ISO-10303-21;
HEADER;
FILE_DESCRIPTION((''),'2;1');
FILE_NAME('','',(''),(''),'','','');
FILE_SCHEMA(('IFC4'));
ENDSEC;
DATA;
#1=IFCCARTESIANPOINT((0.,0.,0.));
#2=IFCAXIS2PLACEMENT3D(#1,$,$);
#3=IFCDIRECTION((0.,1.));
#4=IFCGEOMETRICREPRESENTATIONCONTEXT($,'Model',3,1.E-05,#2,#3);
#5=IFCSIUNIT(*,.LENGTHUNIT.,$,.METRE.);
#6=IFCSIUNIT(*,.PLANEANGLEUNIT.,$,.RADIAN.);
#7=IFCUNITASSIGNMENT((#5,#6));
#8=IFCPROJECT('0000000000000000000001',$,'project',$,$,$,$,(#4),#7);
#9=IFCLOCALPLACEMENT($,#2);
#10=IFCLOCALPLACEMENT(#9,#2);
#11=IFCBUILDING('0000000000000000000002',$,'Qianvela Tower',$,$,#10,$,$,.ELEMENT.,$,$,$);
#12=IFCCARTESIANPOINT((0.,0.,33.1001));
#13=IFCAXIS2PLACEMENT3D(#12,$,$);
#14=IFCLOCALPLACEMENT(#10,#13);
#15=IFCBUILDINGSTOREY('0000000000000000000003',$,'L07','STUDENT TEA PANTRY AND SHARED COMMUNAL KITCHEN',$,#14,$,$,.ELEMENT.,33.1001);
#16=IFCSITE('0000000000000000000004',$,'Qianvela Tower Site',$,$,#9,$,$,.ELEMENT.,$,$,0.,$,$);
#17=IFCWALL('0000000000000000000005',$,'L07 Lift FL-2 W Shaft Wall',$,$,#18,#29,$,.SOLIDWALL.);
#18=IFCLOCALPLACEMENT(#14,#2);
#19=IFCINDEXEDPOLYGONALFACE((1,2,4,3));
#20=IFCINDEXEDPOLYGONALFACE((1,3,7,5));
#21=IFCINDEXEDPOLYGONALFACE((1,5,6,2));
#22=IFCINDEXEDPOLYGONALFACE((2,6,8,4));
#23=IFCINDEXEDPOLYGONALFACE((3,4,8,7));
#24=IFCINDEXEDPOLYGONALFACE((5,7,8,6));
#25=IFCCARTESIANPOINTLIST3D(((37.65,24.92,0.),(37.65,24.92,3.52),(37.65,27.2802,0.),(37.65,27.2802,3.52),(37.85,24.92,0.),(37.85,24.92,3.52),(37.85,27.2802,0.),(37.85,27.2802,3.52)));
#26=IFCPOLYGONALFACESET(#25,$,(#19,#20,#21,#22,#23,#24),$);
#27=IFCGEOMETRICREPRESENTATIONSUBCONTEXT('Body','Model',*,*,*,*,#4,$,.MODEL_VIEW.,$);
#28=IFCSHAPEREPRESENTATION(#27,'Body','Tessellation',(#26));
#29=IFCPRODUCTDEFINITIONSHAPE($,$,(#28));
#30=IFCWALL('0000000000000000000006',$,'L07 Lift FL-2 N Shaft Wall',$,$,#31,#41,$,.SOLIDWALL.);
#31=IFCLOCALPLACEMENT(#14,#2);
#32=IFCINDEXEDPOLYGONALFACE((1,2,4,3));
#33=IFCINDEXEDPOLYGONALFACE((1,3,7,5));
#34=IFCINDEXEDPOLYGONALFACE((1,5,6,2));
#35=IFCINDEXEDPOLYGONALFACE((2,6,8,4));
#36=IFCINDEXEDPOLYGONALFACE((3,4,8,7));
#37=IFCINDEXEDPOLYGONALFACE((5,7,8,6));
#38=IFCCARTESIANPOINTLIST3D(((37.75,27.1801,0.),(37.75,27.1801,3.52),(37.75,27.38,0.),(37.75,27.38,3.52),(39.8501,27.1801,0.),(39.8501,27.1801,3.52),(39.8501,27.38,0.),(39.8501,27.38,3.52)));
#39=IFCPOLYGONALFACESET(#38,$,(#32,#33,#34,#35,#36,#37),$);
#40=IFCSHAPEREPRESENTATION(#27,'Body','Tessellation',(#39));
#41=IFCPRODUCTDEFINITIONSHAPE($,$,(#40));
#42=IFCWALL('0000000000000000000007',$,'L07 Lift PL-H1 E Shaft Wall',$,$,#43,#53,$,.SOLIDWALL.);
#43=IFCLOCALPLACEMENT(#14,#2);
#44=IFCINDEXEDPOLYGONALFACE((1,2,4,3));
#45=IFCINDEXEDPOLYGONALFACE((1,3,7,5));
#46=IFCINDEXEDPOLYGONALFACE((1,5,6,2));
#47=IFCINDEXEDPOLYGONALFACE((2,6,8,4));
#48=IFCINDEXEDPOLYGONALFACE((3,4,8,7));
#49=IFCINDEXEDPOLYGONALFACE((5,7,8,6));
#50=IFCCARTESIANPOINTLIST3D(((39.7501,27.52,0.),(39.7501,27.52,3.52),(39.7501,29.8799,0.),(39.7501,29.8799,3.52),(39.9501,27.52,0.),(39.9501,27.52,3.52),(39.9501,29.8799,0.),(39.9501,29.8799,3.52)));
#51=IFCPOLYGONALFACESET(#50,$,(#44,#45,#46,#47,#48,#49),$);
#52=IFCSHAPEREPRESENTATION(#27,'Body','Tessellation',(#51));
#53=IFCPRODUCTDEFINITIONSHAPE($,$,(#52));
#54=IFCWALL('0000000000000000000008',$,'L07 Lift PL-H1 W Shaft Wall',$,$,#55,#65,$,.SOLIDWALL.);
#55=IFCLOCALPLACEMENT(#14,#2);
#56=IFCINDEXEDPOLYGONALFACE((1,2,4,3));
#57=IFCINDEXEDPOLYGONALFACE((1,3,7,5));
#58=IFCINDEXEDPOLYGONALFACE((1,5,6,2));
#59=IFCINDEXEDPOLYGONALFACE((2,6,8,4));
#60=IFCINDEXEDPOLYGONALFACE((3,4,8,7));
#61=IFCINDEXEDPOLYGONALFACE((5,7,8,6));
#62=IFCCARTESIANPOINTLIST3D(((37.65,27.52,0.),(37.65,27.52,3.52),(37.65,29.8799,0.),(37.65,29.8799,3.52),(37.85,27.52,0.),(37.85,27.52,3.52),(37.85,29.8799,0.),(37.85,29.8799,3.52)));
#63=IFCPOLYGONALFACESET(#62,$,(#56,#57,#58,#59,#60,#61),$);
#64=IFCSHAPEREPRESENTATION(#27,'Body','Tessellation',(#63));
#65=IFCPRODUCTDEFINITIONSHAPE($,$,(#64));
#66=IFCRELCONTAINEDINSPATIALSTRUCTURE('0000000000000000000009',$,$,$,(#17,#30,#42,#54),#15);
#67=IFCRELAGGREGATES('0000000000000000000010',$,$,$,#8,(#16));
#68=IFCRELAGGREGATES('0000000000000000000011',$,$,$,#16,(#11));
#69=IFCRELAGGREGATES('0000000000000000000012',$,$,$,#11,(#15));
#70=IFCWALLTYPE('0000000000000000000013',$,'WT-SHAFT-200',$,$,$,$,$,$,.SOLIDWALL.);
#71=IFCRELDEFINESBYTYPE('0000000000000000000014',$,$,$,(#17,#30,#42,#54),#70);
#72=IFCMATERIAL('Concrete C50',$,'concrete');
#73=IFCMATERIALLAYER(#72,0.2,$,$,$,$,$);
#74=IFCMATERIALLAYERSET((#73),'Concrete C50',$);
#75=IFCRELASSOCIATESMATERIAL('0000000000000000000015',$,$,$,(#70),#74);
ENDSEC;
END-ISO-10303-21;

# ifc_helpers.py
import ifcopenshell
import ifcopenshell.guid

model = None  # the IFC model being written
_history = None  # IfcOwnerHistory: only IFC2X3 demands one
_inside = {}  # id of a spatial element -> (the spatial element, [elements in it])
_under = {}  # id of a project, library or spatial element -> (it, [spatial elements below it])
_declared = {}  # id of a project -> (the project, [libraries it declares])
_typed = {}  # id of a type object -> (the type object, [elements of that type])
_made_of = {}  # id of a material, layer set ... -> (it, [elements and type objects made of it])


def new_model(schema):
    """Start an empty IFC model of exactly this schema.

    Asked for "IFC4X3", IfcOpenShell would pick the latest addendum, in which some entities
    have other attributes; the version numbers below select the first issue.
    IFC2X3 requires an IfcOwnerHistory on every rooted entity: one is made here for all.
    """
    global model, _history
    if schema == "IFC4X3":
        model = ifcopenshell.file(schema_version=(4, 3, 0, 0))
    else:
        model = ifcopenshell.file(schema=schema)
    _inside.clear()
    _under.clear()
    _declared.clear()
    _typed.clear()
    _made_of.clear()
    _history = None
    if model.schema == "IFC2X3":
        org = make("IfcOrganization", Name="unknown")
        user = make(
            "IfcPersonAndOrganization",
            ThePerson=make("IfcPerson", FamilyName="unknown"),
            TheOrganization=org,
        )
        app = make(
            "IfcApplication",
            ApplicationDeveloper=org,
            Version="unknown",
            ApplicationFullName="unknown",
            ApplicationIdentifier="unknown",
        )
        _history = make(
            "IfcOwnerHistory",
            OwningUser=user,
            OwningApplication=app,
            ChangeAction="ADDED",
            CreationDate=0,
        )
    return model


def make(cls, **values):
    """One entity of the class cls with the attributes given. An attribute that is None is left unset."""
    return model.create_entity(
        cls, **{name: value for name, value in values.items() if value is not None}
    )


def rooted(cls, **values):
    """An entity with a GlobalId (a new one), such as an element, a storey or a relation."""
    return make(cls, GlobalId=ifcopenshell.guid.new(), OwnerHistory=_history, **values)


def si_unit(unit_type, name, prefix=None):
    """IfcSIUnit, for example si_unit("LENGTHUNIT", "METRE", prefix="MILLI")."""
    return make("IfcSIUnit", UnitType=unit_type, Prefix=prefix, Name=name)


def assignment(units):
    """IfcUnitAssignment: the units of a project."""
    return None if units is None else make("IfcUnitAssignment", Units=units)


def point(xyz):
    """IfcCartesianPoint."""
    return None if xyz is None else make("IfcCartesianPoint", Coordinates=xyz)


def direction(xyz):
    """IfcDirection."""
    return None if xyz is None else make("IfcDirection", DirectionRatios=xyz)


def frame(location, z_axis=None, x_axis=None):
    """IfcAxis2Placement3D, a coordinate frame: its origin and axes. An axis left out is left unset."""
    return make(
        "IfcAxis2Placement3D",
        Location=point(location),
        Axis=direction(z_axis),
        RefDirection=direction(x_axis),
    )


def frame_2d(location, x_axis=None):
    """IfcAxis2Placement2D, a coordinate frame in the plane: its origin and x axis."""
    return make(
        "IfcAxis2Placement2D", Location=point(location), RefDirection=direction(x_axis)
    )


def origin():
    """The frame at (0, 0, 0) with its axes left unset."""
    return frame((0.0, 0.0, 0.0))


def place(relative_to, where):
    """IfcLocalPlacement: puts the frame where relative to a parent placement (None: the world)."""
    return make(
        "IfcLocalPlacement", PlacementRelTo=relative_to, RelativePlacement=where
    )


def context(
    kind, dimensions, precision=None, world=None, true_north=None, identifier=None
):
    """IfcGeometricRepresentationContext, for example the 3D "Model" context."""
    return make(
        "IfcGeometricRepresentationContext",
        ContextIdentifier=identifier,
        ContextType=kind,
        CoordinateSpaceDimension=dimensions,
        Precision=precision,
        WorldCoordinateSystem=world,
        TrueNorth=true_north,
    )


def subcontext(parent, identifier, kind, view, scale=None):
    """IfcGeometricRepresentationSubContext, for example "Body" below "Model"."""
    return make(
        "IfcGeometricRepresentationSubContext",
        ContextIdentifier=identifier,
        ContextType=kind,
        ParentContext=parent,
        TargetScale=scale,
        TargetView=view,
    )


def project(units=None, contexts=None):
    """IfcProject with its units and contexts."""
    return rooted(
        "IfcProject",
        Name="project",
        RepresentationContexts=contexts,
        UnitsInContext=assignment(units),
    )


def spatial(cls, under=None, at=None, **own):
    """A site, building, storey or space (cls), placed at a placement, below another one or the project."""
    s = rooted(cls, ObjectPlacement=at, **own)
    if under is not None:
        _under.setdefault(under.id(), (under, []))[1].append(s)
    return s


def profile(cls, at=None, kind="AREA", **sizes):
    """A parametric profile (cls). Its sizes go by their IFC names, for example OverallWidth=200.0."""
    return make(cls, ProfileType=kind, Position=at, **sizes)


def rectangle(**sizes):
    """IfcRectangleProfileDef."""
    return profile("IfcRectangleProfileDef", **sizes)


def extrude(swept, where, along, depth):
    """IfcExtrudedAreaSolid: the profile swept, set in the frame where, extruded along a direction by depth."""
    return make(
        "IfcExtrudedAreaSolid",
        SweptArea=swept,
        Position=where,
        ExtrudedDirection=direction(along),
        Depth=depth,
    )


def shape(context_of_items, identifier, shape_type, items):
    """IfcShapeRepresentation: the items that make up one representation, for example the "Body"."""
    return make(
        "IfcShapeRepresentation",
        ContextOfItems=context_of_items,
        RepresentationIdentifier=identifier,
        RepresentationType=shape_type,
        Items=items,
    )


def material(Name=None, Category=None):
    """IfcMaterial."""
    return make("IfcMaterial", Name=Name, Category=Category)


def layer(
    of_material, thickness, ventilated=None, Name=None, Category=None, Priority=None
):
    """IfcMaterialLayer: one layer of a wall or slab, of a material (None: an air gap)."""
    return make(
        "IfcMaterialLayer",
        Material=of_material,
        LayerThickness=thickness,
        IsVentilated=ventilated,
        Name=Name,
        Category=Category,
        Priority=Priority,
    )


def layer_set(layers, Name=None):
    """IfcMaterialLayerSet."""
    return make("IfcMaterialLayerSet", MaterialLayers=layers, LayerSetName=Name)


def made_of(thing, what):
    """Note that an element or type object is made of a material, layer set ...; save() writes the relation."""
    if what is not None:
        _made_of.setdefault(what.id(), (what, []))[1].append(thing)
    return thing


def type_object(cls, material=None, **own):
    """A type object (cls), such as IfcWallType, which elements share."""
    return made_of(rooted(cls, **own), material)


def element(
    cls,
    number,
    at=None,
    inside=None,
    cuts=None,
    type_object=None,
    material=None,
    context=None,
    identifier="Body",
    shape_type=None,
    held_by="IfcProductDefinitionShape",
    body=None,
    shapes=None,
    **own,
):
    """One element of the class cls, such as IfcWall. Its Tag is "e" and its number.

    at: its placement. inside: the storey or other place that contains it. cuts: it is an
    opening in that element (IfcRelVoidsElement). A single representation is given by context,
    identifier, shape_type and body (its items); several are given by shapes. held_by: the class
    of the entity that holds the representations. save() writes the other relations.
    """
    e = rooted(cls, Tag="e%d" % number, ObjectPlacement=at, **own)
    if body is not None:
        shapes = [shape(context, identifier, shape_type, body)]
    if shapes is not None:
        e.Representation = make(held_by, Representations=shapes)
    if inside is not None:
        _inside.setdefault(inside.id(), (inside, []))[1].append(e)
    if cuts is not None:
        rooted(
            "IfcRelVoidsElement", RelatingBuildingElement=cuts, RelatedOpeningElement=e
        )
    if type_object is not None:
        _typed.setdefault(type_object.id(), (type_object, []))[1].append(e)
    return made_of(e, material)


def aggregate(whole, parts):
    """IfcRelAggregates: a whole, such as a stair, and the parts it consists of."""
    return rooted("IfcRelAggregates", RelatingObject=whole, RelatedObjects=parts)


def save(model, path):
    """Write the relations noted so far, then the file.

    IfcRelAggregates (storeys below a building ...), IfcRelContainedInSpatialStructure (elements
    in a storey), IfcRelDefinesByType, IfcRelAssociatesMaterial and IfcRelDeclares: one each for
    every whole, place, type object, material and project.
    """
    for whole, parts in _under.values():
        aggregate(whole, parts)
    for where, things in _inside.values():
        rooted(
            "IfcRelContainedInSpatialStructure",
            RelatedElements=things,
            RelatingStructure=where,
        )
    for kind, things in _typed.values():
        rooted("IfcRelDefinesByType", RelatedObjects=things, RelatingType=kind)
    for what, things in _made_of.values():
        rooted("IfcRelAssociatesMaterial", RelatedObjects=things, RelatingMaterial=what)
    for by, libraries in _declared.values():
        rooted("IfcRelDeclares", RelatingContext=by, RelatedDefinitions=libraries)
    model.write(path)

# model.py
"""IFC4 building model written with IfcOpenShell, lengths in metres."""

from ifc_helpers import new_model, si_unit, direction, frame, frame_2d, origin, place, context, subcontext, project, spatial, rectangle, extrude, material, layer, layer_set, type_object, element, save


model = new_model("IFC4")

# Units and contexts
model_context = context("Model", 3, precision=1e-05, world=origin(), true_north=direction((0.0, 1.0)))
body_context = subcontext(model_context, "Body", "Model", "MODEL_VIEW")
ifc_project = project(units=[si_unit("LENGTHUNIT", "METRE"), si_unit("PLANEANGLEUNIT", "RADIAN")], contexts=[model_context])

# Site, building, storey
site_placement = place(None, origin())
site = spatial("IfcSite", under=ifc_project, at=site_placement, Name="Qianvela Tower Site", CompositionType="ELEMENT", RefElevation=0.0)
building_placement = place(site_placement, origin())
building = spatial("IfcBuilding", under=site, at=building_placement, Name="Qianvela Tower", CompositionType="ELEMENT")
storey_placement = place(building_placement, frame((0.0, 0.0, 33.1001)))
storey = spatial("IfcBuildingStorey", under=building, at=storey_placement, Name="L07", Description="STUDENT TEA PANTRY AND SHARED COMMUNAL KITCHEN", CompositionType="ELEMENT", Elevation=33.1001)

# Shared definitions
ifc_material_1 = material(Name="Concrete C50", Category="concrete")
ifc_layer_1 = layer(ifc_material_1, 0.2)
ifc_layer_set_1 = layer_set([ifc_layer_1], Name="Concrete C50")
wall_type_1 = type_object("IfcWallType", Name="WT-SHAFT-200", PredefinedType="SOLIDWALL", material=ifc_layer_set_1)

# Walls
wall_1_placement = place(storey_placement, frame((37.75, 24.9199, 0.0), z_axis=(0.0, 0.0, 1.0), x_axis=(0.0, 1.0, 0.0)))
element("IfcWall", 1, at=wall_1_placement, inside=storey, type_object=wall_type_1, Name="L07 Lift FL-2 W Shaft Wall", PredefinedType="SOLIDWALL", context=body_context, shape_type="SweptSolid", body=[
    extrude(rectangle(XDim=2.3601, YDim=0.2, at=frame_2d((1.1802, 0.0))), origin(), (0.0, 0.0, 1.0), 3.52),
])
wall_2_placement = place(storey_placement, frame((37.75, 27.28, 0.0), z_axis=(0.0, 0.0, 1.0), x_axis=(1.0, 0.0, 0.0)))
element("IfcWall", 2, at=wall_2_placement, inside=storey, type_object=wall_type_1, Name="L07 Lift FL-2 N Shaft Wall", PredefinedType="SOLIDWALL", context=body_context, shape_type="SweptSolid", body=[
    extrude(rectangle(XDim=2.1001, YDim=0.2, at=frame_2d((1.05, 0.0))), origin(), (0.0, 0.0, 1.0), 3.52),
])
for number, where, z_axis, x_axis, name in (
    (3, (39.8501, 27.52, 0.0), (0.0, 0.0, 1.0), (0.0, 1.0, 0.0), "L07 Lift PL-H1 E Shaft Wall"),
    (4, (37.75, 27.52, 0.0), (0.0, 0.0, 1.0), (0.0, 1.0, 0.0), "L07 Lift PL-H1 W Shaft Wall"),
):
    element("IfcWall", number, at=place(storey_placement, frame(where, z_axis=z_axis, x_axis=x_axis)), inside=storey, type_object=wall_type_1, Name=name, PredefinedType="SOLIDWALL", context=body_context, shape_type="SweptSolid", body=[
        extrude(rectangle(XDim=2.3599, YDim=0.2, at=frame_2d((1.1799, 0.0))), origin(), (0.0, 0.0, 1.0), 3.52),
    ])

save(model, "model.ifc")
